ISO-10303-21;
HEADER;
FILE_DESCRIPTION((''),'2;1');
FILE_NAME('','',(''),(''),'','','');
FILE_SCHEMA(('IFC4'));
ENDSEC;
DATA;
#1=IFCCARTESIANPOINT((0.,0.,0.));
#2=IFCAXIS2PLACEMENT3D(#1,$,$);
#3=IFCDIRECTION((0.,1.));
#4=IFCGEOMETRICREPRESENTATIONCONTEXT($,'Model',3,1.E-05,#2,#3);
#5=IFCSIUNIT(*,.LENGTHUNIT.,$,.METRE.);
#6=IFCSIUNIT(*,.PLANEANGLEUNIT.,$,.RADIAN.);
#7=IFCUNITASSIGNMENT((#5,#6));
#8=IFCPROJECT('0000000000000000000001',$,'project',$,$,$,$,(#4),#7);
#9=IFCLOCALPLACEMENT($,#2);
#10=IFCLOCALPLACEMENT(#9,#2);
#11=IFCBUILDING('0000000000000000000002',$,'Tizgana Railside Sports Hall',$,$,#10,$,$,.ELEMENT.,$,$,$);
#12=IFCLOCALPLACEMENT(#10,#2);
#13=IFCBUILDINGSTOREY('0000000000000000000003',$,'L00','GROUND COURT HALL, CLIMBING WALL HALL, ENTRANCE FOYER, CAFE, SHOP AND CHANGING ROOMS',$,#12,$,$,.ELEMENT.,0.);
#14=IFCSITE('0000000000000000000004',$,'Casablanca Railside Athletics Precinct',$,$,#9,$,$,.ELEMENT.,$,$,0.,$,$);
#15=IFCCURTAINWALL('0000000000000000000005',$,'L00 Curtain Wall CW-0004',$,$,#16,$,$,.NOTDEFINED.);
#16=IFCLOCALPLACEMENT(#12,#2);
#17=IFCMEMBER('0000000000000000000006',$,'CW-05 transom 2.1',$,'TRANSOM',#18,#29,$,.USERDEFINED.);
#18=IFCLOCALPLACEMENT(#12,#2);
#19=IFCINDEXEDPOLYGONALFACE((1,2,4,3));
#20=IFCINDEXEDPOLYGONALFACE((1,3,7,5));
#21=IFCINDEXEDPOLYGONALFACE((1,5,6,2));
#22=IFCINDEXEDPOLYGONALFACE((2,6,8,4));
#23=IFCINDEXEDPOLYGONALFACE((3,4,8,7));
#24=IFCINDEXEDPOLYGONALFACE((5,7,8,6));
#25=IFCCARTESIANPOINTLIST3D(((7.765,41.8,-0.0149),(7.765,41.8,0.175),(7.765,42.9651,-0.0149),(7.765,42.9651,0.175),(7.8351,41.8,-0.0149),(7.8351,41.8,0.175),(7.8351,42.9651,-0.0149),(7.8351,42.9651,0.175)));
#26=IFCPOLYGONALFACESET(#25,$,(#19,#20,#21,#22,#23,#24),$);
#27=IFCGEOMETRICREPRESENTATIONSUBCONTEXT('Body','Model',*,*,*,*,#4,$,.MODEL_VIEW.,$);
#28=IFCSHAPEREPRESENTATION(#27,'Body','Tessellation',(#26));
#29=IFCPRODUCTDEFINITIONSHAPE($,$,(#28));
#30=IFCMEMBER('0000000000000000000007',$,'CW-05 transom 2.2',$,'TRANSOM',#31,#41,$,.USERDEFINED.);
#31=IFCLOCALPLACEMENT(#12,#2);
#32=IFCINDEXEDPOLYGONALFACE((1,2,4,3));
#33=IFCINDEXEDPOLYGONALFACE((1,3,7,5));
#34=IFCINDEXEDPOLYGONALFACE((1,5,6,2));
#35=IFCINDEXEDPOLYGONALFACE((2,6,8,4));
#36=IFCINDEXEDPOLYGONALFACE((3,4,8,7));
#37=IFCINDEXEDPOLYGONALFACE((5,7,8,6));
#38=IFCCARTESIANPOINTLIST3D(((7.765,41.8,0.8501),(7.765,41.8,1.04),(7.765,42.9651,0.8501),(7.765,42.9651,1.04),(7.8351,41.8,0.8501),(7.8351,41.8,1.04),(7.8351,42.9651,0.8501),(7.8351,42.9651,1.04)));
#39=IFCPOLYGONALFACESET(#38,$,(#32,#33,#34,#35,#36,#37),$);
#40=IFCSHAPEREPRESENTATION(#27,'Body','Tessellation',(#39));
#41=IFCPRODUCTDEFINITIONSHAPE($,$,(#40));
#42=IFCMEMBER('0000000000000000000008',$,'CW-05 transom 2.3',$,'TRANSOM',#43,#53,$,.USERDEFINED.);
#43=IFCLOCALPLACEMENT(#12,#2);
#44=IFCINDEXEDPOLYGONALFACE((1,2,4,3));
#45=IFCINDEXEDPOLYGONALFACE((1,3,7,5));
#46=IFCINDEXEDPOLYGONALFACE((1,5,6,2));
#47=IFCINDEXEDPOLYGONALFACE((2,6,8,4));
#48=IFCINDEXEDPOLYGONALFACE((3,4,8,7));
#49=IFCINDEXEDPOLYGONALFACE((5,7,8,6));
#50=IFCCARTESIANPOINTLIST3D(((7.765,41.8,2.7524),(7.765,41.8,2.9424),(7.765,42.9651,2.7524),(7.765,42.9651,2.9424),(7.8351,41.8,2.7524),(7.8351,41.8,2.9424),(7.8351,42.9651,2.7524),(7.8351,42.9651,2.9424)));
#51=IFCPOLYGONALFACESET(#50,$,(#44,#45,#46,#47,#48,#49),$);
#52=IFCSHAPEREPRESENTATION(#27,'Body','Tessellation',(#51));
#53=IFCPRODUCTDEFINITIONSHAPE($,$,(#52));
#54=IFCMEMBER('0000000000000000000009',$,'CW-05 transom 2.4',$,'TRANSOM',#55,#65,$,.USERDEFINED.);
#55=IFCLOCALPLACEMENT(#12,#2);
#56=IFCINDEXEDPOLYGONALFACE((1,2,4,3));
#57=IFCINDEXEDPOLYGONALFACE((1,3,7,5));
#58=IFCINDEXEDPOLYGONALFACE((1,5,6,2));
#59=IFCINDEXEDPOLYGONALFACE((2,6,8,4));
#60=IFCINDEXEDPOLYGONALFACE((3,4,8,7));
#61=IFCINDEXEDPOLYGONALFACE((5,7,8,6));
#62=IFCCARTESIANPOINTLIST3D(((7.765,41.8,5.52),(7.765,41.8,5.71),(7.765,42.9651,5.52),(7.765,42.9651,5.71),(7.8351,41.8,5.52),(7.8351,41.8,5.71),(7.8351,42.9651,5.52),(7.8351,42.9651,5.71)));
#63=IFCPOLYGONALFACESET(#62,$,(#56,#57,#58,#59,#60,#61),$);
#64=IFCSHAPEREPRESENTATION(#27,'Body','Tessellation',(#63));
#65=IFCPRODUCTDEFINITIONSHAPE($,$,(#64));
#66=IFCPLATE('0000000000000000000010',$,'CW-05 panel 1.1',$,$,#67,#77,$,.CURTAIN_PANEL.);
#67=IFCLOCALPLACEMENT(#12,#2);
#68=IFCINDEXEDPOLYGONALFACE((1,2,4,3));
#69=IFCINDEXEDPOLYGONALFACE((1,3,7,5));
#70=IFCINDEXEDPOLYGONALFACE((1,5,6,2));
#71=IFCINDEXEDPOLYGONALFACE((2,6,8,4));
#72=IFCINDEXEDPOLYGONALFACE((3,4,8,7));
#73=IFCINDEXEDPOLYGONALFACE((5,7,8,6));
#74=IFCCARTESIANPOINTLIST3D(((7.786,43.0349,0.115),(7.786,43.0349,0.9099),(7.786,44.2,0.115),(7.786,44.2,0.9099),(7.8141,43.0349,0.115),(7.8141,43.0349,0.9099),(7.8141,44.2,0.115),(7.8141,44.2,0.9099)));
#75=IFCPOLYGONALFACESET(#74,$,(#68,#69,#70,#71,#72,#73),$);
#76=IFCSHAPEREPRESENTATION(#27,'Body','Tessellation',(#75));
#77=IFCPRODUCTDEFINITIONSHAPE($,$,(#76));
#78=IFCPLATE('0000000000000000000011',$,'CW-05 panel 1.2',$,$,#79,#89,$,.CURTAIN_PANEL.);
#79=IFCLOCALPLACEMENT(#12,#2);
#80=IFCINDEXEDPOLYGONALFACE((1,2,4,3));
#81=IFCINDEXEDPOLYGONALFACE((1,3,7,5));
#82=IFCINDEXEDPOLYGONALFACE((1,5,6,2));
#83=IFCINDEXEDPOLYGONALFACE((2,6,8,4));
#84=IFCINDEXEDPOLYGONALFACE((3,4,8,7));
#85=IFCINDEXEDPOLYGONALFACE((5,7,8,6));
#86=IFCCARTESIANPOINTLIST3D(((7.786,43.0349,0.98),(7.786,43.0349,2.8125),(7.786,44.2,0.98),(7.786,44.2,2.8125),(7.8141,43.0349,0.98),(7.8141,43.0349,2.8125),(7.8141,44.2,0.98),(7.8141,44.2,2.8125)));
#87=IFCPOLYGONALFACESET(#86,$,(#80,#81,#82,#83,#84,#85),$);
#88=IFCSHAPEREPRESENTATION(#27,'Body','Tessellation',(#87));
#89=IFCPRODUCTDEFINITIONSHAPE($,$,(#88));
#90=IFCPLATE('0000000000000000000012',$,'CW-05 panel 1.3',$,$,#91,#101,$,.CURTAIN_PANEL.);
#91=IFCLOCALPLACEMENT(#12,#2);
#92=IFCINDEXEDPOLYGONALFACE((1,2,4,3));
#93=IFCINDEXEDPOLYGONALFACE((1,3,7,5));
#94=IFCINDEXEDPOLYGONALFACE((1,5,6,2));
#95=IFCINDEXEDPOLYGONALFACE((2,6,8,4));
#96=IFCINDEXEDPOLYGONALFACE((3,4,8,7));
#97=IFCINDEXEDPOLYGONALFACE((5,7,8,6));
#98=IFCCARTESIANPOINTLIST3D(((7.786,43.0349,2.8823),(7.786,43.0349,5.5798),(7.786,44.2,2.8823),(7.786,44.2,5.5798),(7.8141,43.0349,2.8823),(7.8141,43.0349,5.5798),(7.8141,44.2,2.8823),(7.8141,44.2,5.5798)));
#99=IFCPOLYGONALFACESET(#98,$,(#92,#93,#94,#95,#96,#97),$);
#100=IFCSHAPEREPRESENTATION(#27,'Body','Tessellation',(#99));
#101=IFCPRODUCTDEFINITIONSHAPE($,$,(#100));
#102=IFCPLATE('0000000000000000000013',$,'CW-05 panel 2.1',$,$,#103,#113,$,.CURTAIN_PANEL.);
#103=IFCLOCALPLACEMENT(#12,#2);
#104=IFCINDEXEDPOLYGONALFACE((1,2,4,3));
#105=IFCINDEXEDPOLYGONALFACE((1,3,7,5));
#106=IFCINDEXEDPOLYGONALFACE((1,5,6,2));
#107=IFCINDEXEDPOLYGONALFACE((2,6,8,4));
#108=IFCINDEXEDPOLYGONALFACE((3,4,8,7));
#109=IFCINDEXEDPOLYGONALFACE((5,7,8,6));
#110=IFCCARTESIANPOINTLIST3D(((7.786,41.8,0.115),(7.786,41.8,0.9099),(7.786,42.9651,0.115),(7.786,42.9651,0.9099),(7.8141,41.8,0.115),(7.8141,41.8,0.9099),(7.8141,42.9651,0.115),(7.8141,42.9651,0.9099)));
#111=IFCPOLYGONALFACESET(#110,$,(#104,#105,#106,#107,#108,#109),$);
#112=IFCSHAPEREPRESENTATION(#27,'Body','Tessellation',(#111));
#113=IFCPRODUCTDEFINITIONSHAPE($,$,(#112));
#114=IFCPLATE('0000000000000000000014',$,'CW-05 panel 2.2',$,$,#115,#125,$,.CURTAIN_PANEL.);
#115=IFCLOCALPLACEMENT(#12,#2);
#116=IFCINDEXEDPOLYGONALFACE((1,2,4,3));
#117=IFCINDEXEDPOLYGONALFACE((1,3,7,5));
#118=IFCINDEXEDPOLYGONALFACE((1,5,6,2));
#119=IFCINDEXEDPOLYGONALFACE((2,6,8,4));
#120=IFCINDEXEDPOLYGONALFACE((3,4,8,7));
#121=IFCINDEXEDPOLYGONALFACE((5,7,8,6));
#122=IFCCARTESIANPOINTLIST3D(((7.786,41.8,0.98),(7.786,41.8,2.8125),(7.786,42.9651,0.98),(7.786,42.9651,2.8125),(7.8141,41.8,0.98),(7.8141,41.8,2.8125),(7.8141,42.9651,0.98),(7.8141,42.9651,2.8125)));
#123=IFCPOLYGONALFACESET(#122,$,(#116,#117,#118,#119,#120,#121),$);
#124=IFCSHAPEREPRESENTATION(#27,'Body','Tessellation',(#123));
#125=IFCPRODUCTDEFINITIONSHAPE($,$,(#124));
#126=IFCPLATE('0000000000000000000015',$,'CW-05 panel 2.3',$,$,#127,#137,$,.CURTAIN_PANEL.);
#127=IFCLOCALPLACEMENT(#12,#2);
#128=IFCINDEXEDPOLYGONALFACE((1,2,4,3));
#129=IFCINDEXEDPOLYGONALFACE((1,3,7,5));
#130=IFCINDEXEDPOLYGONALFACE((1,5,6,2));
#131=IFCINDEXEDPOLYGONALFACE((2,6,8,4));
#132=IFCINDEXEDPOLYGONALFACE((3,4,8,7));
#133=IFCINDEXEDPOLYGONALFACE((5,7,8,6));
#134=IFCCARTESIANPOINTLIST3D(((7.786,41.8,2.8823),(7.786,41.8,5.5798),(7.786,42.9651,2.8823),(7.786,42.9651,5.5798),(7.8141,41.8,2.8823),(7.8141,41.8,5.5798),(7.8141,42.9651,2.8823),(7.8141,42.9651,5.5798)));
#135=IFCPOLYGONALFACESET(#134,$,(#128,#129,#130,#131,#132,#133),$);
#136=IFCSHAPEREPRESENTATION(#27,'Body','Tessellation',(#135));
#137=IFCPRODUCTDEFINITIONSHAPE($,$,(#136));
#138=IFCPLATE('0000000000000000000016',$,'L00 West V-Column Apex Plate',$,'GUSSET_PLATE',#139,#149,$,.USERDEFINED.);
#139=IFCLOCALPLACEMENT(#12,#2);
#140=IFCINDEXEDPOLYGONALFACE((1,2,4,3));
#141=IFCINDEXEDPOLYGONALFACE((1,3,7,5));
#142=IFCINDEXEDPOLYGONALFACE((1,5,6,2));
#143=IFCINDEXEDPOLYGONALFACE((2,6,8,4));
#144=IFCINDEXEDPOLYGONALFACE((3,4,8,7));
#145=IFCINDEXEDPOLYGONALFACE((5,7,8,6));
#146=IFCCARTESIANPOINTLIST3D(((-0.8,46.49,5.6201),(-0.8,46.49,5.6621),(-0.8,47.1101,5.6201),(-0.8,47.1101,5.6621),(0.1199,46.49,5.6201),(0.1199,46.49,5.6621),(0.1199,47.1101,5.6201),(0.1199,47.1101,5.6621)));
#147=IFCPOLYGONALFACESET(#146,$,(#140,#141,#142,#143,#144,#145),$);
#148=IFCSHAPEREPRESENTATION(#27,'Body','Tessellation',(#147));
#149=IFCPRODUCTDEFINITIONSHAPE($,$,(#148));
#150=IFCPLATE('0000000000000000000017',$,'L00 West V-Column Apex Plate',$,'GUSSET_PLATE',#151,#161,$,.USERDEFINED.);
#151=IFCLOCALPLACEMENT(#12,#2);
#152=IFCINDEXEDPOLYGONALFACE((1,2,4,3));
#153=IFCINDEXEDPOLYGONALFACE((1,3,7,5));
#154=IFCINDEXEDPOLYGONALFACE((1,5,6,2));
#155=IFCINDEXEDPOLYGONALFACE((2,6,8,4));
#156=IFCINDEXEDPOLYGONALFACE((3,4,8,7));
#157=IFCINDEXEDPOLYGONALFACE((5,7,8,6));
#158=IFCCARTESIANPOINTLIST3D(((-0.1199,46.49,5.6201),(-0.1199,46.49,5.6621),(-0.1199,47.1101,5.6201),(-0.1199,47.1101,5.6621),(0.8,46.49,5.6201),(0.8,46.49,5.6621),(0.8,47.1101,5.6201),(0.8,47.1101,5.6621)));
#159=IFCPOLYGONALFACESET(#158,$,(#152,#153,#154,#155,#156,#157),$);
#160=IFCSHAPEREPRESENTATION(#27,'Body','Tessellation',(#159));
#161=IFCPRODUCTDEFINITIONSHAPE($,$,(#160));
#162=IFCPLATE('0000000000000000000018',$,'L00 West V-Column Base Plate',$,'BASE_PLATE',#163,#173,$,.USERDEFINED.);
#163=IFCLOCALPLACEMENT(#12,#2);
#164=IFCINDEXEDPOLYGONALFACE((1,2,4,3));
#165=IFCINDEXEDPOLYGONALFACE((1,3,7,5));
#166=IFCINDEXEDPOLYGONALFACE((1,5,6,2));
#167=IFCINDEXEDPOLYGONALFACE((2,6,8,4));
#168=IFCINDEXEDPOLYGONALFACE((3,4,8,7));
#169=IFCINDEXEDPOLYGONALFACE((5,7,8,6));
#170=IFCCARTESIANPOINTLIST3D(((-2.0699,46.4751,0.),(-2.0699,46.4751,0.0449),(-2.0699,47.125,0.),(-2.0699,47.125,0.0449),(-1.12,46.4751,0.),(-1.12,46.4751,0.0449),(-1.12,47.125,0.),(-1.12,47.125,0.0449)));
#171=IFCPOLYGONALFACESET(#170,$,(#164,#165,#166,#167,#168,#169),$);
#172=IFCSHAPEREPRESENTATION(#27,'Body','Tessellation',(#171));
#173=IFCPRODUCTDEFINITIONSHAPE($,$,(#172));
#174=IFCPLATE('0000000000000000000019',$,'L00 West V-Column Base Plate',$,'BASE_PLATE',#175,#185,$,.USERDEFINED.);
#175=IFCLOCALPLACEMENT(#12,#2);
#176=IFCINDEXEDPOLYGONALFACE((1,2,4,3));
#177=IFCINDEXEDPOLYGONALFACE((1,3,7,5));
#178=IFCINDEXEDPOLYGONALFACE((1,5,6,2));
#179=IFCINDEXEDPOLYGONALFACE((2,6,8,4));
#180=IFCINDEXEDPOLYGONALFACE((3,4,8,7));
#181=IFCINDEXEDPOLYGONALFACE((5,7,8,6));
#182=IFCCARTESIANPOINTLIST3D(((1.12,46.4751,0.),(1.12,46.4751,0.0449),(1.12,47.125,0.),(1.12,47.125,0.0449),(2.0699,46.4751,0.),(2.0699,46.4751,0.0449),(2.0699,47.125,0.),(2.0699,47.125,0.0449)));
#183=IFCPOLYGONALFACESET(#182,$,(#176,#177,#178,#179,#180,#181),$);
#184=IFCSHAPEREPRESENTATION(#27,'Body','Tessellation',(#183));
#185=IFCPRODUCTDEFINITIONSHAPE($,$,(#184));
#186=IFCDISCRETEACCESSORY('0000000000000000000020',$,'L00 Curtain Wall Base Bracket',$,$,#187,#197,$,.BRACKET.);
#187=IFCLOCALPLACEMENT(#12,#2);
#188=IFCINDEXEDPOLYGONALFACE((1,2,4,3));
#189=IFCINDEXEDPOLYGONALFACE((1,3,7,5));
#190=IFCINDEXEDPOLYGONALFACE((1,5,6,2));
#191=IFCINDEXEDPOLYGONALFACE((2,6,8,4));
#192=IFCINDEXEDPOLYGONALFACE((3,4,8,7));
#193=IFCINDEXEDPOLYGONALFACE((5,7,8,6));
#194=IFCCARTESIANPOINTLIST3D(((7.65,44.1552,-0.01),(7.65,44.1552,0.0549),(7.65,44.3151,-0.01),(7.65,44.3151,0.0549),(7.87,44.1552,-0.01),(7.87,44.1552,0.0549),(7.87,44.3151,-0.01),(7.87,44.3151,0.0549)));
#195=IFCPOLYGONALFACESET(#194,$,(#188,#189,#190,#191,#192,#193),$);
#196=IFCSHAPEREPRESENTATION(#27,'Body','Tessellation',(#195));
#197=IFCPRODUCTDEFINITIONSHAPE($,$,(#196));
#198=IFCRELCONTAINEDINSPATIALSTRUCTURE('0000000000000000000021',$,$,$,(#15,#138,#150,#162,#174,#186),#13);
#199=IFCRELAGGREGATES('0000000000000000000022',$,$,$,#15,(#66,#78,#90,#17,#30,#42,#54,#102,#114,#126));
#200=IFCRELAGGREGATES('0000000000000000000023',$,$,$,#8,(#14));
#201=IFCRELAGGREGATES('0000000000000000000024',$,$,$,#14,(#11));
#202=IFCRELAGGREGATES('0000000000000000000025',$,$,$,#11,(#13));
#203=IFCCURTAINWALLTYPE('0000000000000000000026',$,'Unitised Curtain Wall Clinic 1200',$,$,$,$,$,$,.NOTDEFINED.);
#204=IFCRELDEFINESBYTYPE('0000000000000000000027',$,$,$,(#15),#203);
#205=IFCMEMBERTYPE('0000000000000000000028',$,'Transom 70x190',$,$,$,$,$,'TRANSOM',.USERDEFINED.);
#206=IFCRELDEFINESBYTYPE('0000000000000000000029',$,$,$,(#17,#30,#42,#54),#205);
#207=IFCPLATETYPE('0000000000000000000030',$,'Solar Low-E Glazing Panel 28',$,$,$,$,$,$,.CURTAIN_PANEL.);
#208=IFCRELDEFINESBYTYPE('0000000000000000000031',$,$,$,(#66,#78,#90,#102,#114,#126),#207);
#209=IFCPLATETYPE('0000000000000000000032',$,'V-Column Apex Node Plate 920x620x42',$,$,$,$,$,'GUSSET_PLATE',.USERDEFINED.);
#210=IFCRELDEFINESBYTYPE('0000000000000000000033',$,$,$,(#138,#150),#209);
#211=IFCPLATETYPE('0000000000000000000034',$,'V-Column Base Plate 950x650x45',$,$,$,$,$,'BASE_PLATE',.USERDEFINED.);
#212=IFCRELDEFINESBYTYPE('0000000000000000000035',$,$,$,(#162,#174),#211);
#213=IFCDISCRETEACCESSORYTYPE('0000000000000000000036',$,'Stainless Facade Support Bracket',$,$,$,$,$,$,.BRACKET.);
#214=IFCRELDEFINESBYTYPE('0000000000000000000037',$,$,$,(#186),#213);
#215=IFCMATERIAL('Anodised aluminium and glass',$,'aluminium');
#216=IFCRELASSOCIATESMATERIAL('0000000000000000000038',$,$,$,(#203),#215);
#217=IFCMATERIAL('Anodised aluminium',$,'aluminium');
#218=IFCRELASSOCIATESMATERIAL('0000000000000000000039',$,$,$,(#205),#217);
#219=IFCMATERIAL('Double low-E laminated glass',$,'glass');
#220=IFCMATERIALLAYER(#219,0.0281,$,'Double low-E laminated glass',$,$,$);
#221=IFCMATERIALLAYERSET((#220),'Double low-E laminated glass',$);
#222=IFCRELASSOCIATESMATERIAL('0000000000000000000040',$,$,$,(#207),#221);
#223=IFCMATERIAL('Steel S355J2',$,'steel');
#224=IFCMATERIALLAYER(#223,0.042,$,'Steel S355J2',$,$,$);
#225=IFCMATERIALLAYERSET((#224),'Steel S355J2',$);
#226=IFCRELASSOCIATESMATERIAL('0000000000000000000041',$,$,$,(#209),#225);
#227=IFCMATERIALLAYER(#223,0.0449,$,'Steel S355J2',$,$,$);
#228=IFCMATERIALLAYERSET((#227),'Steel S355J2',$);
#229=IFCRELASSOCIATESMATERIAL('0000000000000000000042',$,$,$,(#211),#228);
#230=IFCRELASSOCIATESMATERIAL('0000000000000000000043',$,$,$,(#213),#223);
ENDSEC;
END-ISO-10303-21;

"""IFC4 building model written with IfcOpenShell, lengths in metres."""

from ifc_helpers import new_model, si_unit, direction, frame, origin, origin_2d, place, context, subcontext, project, spatial, rectangle, extrude, material, layer, layer_set, material_profile, profile_set, type_object, element, aggregate, save


model = new_model("IFC4")

# Units and contexts
model_context = context("Model", 3, precision=1e-05, world=origin(), true_north=direction((0.0, 1.0)))
body_context = subcontext(model_context, "Body", "Model", "MODEL_VIEW")
ifc_project = project(units=[si_unit("LENGTHUNIT", "METRE"), si_unit("PLANEANGLEUNIT", "RADIAN")], contexts=[model_context])

# Site, building, storey
site_placement = place(None, origin())
site = spatial("IfcSite", under=ifc_project, at=site_placement, Name="Casablanca Railside Athletics Precinct", CompositionType="ELEMENT", RefElevation=0.0)
building_placement = place(site_placement, origin())
building = spatial("IfcBuilding", under=site, at=building_placement, Name="Tizgana Railside Sports Hall", CompositionType="ELEMENT")
storey_placement = place(building_placement, origin())
storey = spatial("IfcBuildingStorey", under=building, at=storey_placement, Name="L00", Description="GROUND COURT HALL, CLIMBING WALL HALL, ENTRANCE FOYER, CAFE, SHOP AND CHANGING ROOMS", CompositionType="ELEMENT", Elevation=0.0)

# Shared definitions
ifc_material_1 = material(Name="Steel S355J2", Category="steel")

# Curtain wall
ifc_material_2 = material(Name="Anodised aluminium and glass", Category="aluminium")
curtain_wall_type = type_object("IfcCurtainWallType", Name="Unitised Curtain Wall Clinic 1200", PredefinedType="NOTDEFINED", material=ifc_material_2)
curtain_wall_placement = place(storey_placement, origin())
curtain_wall = element("IfcCurtainWall", 1, at=curtain_wall_placement, inside=storey, type_object=curtain_wall_type, Name="L00 Curtain Wall CW-0004", PredefinedType="NOTDEFINED")
ifc_material_3 = material(Name="Anodised aluminium", Category="aluminium")

# Members
ifc_material_profile_1 = material_profile(ifc_material_3, rectangle(XDim=0.0701, YDim=0.1899, at=origin_2d()), Name="Transom 70x190")
ifc_profile_set_1 = profile_set([ifc_material_profile_1], Name="Anodised aluminium")
member_type_1 = type_object("IfcMemberType", Name="Transom 70x190", ElementType="TRANSOM", PredefinedType="USERDEFINED", material=ifc_profile_set_1)
member_1_placement = place(storey_placement, frame((7.8, 42.9651, 0.0801), z_axis=(0.0, -1.0, 0.0), x_axis=(1.0, 0.0, 0.0)))
member_1 = element("IfcMember", 2, at=member_1_placement, type_object=member_type_1, Name="CW-05 transom 2.1", ObjectType="TRANSOM", PredefinedType="USERDEFINED", context=body_context, shape_type="SweptSolid", body=[
    extrude(rectangle(XDim=0.0701, YDim=0.1899, at=origin_2d()), origin(), (0.0, 0.0, 1.0), 1.165),
])
member_2_placement = place(storey_placement, frame((7.8, 42.9651, 0.9451), z_axis=(0.0, -1.0, 0.0), x_axis=(1.0, 0.0, 0.0)))
member_2 = element("IfcMember", 3, at=member_2_placement, type_object=member_type_1, Name="CW-05 transom 2.2", ObjectType="TRANSOM", PredefinedType="USERDEFINED", context=body_context, shape_type="SweptSolid", body=[
    extrude(rectangle(XDim=0.0701, YDim=0.1899, at=origin_2d()), origin(), (0.0, 0.0, 1.0), 1.165),
])
member_3_placement = place(storey_placement, frame((7.8, 42.9651, 2.8474), z_axis=(0.0, -1.0, 0.0), x_axis=(1.0, 0.0, 0.0)))
member_3 = element("IfcMember", 4, at=member_3_placement, type_object=member_type_1, Name="CW-05 transom 2.3", ObjectType="TRANSOM", PredefinedType="USERDEFINED", context=body_context, shape_type="SweptSolid", body=[
    extrude(rectangle(XDim=0.0701, YDim=0.1899, at=origin_2d()), origin(), (0.0, 0.0, 1.0), 1.165),
])
member_4_placement = place(storey_placement, frame((7.8, 42.9651, 5.615), z_axis=(0.0, -1.0, 0.0), x_axis=(1.0, 0.0, 0.0)))
member_4 = element("IfcMember", 5, at=member_4_placement, type_object=member_type_1, Name="CW-05 transom 2.4", ObjectType="TRANSOM", PredefinedType="USERDEFINED", context=body_context, shape_type="SweptSolid", body=[
    extrude(rectangle(XDim=0.0701, YDim=0.1899, at=origin_2d()), origin(), (0.0, 0.0, 1.0), 1.165),
])

# Plates
ifc_material_4 = material(Name="Double low-E laminated glass", Category="glass")
ifc_layer_1 = layer(ifc_material_4, 0.0281, Name="Double low-E laminated glass")
ifc_layer_set_1 = layer_set([ifc_layer_1], Name="Double low-E laminated glass")
plate_type_1 = type_object("IfcPlateType", Name="Solar Low-E Glazing Panel 28", PredefinedType="CURTAIN_PANEL", material=ifc_layer_set_1)
plate_1_placement = place(storey_placement, frame((7.8, 43.6174, 0.115), z_axis=(0.0, 0.0, 1.0), x_axis=(0.0, -1.0, 0.0)))
plate_1 = element("IfcPlate", 6, at=plate_1_placement, type_object=plate_type_1, Name="CW-05 panel 1.1", PredefinedType="CURTAIN_PANEL", context=body_context, shape_type="SweptSolid", body=[
    extrude(rectangle(XDim=1.165, YDim=0.0281, at=origin_2d()), origin(), (0.0, 0.0, 1.0), 0.7949),
])
plate_2_placement = place(storey_placement, frame((7.8, 43.6174, 0.98), z_axis=(0.0, 0.0, 1.0), x_axis=(0.0, -1.0, 0.0)))
plate_2 = element("IfcPlate", 7, at=plate_2_placement, type_object=plate_type_1, Name="CW-05 panel 1.2", PredefinedType="CURTAIN_PANEL", context=body_context, shape_type="SweptSolid", body=[
    extrude(rectangle(XDim=1.165, YDim=0.0281, at=origin_2d()), origin(), (0.0, 0.0, 1.0), 1.8325),
])
plate_3_placement = place(storey_placement, frame((7.8, 43.6174, 2.8823), z_axis=(0.0, 0.0, 1.0), x_axis=(0.0, -1.0, 0.0)))
plate_3 = element("IfcPlate", 8, at=plate_3_placement, type_object=plate_type_1, Name="CW-05 panel 1.3", PredefinedType="CURTAIN_PANEL", context=body_context, shape_type="SweptSolid", body=[
    extrude(rectangle(XDim=1.165, YDim=0.0281, at=origin_2d()), origin(), (0.0, 0.0, 1.0), 2.6975),
])
plate_4_placement = place(storey_placement, frame((7.8, 42.3826, 0.115), z_axis=(0.0, 0.0, 1.0), x_axis=(0.0, -1.0, 0.0)))
plate_4 = element("IfcPlate", 9, at=plate_4_placement, type_object=plate_type_1, Name="CW-05 panel 2.1", PredefinedType="CURTAIN_PANEL", context=body_context, shape_type="SweptSolid", body=[
    extrude(rectangle(XDim=1.165, YDim=0.0281, at=origin_2d()), origin(), (0.0, 0.0, 1.0), 0.7949),
])
plate_5_placement = place(storey_placement, frame((7.8, 42.3826, 0.98), z_axis=(0.0, 0.0, 1.0), x_axis=(0.0, -1.0, 0.0)))
plate_5 = element("IfcPlate", 10, at=plate_5_placement, type_object=plate_type_1, Name="CW-05 panel 2.2", PredefinedType="CURTAIN_PANEL", context=body_context, shape_type="SweptSolid", body=[
    extrude(rectangle(XDim=1.165, YDim=0.0281, at=origin_2d()), origin(), (0.0, 0.0, 1.0), 1.8325),
])
plate_6_placement = place(storey_placement, frame((7.8, 42.3826, 2.8823), z_axis=(0.0, 0.0, 1.0), x_axis=(0.0, -1.0, 0.0)))
plate_6 = element("IfcPlate", 11, at=plate_6_placement, type_object=plate_type_1, Name="CW-05 panel 2.3", PredefinedType="CURTAIN_PANEL", context=body_context, shape_type="SweptSolid", body=[
    extrude(rectangle(XDim=1.165, YDim=0.0281, at=origin_2d()), origin(), (0.0, 0.0, 1.0), 2.6975),
])
aggregate(curtain_wall, [plate_1, plate_2, plate_3, member_1, member_2, member_3, member_4, plate_4, plate_5, plate_6])

# Plates
ifc_layer_2 = layer(ifc_material_1, 0.042, Name="Steel S355J2")
ifc_layer_set_2 = layer_set([ifc_layer_2], Name="Steel S355J2")
plate_type_2 = type_object("IfcPlateType", Name="V-Column Apex Node Plate 920x620x42", ElementType="GUSSET_PLATE", PredefinedType="USERDEFINED", material=ifc_layer_set_2)
for number, where, z_axis, x_axis, name in (
    (12, (-0.3401, 46.8, 5.6201), (0.0, 0.0, 1.0), (1.0, 0.0, 0.0), "L00 West V-Column Apex Plate"),
    (13, (0.3401, 46.8, 5.6201), (0.0, 0.0, 1.0), (1.0, 0.0, 0.0), "L00 West V-Column Apex Plate"),
):
    element("IfcPlate", number, at=place(storey_placement, frame(where, z_axis=z_axis, x_axis=x_axis)), inside=storey, type_object=plate_type_2, Name=name, ObjectType="GUSSET_PLATE", PredefinedType="USERDEFINED", context=body_context, shape_type="SweptSolid", body=[
        extrude(rectangle(XDim=0.9199, YDim=0.6201, at=origin_2d()), origin(), (0.0, 0.0, 1.0), 0.042),
    ])
ifc_layer_3 = layer(ifc_material_1, 0.0449, Name="Steel S355J2")
ifc_layer_set_3 = layer_set([ifc_layer_3], Name="Steel S355J2")
plate_type_3 = type_object("IfcPlateType", Name="V-Column Base Plate 950x650x45", ElementType="BASE_PLATE", PredefinedType="USERDEFINED", material=ifc_layer_set_3)
for number, where, z_axis, x_axis, name in (
    (14, (-1.595, 46.8, 0.0), (0.0, 0.0, 1.0), (1.0, 0.0, 0.0), "L00 West V-Column Base Plate"),
    (15, (1.595, 46.8, 0.0), (0.0, 0.0, 1.0), (1.0, 0.0, 0.0), "L00 West V-Column Base Plate"),
):
    element("IfcPlate", number, at=place(storey_placement, frame(where, z_axis=z_axis, x_axis=x_axis)), inside=storey, type_object=plate_type_3, Name=name, ObjectType="BASE_PLATE", PredefinedType="USERDEFINED", context=body_context, shape_type="SweptSolid", body=[
        extrude(rectangle(XDim=0.95, YDim=0.6499, at=origin_2d()), origin(), (0.0, 0.0, 1.0), 0.0449),
    ])

# Discrete accessory
discrete_accessory_type = type_object("IfcDiscreteAccessoryType", Name="Stainless Facade Support Bracket", PredefinedType="BRACKET", material=ifc_material_1)
for number, where, z_axis, x_axis, name in (
    (16, (7.76, 44.2351, -0.01), (0.0, 0.0, 1.0), (0.0, -1.0, 0.0), "L00 Curtain Wall Base Bracket"),
):
    element("IfcDiscreteAccessory", number, at=place(storey_placement, frame(where, z_axis=z_axis, x_axis=x_axis)), inside=storey, type_object=discrete_accessory_type, Name=name, PredefinedType="BRACKET", context=body_context, shape_type="SweptSolid", body=[
        extrude(rectangle(XDim=0.1599, YDim=0.22, at=origin_2d()), origin(), (0.0, 0.0, 1.0), 0.0649),
    ])

save(model, "model.ifc")
